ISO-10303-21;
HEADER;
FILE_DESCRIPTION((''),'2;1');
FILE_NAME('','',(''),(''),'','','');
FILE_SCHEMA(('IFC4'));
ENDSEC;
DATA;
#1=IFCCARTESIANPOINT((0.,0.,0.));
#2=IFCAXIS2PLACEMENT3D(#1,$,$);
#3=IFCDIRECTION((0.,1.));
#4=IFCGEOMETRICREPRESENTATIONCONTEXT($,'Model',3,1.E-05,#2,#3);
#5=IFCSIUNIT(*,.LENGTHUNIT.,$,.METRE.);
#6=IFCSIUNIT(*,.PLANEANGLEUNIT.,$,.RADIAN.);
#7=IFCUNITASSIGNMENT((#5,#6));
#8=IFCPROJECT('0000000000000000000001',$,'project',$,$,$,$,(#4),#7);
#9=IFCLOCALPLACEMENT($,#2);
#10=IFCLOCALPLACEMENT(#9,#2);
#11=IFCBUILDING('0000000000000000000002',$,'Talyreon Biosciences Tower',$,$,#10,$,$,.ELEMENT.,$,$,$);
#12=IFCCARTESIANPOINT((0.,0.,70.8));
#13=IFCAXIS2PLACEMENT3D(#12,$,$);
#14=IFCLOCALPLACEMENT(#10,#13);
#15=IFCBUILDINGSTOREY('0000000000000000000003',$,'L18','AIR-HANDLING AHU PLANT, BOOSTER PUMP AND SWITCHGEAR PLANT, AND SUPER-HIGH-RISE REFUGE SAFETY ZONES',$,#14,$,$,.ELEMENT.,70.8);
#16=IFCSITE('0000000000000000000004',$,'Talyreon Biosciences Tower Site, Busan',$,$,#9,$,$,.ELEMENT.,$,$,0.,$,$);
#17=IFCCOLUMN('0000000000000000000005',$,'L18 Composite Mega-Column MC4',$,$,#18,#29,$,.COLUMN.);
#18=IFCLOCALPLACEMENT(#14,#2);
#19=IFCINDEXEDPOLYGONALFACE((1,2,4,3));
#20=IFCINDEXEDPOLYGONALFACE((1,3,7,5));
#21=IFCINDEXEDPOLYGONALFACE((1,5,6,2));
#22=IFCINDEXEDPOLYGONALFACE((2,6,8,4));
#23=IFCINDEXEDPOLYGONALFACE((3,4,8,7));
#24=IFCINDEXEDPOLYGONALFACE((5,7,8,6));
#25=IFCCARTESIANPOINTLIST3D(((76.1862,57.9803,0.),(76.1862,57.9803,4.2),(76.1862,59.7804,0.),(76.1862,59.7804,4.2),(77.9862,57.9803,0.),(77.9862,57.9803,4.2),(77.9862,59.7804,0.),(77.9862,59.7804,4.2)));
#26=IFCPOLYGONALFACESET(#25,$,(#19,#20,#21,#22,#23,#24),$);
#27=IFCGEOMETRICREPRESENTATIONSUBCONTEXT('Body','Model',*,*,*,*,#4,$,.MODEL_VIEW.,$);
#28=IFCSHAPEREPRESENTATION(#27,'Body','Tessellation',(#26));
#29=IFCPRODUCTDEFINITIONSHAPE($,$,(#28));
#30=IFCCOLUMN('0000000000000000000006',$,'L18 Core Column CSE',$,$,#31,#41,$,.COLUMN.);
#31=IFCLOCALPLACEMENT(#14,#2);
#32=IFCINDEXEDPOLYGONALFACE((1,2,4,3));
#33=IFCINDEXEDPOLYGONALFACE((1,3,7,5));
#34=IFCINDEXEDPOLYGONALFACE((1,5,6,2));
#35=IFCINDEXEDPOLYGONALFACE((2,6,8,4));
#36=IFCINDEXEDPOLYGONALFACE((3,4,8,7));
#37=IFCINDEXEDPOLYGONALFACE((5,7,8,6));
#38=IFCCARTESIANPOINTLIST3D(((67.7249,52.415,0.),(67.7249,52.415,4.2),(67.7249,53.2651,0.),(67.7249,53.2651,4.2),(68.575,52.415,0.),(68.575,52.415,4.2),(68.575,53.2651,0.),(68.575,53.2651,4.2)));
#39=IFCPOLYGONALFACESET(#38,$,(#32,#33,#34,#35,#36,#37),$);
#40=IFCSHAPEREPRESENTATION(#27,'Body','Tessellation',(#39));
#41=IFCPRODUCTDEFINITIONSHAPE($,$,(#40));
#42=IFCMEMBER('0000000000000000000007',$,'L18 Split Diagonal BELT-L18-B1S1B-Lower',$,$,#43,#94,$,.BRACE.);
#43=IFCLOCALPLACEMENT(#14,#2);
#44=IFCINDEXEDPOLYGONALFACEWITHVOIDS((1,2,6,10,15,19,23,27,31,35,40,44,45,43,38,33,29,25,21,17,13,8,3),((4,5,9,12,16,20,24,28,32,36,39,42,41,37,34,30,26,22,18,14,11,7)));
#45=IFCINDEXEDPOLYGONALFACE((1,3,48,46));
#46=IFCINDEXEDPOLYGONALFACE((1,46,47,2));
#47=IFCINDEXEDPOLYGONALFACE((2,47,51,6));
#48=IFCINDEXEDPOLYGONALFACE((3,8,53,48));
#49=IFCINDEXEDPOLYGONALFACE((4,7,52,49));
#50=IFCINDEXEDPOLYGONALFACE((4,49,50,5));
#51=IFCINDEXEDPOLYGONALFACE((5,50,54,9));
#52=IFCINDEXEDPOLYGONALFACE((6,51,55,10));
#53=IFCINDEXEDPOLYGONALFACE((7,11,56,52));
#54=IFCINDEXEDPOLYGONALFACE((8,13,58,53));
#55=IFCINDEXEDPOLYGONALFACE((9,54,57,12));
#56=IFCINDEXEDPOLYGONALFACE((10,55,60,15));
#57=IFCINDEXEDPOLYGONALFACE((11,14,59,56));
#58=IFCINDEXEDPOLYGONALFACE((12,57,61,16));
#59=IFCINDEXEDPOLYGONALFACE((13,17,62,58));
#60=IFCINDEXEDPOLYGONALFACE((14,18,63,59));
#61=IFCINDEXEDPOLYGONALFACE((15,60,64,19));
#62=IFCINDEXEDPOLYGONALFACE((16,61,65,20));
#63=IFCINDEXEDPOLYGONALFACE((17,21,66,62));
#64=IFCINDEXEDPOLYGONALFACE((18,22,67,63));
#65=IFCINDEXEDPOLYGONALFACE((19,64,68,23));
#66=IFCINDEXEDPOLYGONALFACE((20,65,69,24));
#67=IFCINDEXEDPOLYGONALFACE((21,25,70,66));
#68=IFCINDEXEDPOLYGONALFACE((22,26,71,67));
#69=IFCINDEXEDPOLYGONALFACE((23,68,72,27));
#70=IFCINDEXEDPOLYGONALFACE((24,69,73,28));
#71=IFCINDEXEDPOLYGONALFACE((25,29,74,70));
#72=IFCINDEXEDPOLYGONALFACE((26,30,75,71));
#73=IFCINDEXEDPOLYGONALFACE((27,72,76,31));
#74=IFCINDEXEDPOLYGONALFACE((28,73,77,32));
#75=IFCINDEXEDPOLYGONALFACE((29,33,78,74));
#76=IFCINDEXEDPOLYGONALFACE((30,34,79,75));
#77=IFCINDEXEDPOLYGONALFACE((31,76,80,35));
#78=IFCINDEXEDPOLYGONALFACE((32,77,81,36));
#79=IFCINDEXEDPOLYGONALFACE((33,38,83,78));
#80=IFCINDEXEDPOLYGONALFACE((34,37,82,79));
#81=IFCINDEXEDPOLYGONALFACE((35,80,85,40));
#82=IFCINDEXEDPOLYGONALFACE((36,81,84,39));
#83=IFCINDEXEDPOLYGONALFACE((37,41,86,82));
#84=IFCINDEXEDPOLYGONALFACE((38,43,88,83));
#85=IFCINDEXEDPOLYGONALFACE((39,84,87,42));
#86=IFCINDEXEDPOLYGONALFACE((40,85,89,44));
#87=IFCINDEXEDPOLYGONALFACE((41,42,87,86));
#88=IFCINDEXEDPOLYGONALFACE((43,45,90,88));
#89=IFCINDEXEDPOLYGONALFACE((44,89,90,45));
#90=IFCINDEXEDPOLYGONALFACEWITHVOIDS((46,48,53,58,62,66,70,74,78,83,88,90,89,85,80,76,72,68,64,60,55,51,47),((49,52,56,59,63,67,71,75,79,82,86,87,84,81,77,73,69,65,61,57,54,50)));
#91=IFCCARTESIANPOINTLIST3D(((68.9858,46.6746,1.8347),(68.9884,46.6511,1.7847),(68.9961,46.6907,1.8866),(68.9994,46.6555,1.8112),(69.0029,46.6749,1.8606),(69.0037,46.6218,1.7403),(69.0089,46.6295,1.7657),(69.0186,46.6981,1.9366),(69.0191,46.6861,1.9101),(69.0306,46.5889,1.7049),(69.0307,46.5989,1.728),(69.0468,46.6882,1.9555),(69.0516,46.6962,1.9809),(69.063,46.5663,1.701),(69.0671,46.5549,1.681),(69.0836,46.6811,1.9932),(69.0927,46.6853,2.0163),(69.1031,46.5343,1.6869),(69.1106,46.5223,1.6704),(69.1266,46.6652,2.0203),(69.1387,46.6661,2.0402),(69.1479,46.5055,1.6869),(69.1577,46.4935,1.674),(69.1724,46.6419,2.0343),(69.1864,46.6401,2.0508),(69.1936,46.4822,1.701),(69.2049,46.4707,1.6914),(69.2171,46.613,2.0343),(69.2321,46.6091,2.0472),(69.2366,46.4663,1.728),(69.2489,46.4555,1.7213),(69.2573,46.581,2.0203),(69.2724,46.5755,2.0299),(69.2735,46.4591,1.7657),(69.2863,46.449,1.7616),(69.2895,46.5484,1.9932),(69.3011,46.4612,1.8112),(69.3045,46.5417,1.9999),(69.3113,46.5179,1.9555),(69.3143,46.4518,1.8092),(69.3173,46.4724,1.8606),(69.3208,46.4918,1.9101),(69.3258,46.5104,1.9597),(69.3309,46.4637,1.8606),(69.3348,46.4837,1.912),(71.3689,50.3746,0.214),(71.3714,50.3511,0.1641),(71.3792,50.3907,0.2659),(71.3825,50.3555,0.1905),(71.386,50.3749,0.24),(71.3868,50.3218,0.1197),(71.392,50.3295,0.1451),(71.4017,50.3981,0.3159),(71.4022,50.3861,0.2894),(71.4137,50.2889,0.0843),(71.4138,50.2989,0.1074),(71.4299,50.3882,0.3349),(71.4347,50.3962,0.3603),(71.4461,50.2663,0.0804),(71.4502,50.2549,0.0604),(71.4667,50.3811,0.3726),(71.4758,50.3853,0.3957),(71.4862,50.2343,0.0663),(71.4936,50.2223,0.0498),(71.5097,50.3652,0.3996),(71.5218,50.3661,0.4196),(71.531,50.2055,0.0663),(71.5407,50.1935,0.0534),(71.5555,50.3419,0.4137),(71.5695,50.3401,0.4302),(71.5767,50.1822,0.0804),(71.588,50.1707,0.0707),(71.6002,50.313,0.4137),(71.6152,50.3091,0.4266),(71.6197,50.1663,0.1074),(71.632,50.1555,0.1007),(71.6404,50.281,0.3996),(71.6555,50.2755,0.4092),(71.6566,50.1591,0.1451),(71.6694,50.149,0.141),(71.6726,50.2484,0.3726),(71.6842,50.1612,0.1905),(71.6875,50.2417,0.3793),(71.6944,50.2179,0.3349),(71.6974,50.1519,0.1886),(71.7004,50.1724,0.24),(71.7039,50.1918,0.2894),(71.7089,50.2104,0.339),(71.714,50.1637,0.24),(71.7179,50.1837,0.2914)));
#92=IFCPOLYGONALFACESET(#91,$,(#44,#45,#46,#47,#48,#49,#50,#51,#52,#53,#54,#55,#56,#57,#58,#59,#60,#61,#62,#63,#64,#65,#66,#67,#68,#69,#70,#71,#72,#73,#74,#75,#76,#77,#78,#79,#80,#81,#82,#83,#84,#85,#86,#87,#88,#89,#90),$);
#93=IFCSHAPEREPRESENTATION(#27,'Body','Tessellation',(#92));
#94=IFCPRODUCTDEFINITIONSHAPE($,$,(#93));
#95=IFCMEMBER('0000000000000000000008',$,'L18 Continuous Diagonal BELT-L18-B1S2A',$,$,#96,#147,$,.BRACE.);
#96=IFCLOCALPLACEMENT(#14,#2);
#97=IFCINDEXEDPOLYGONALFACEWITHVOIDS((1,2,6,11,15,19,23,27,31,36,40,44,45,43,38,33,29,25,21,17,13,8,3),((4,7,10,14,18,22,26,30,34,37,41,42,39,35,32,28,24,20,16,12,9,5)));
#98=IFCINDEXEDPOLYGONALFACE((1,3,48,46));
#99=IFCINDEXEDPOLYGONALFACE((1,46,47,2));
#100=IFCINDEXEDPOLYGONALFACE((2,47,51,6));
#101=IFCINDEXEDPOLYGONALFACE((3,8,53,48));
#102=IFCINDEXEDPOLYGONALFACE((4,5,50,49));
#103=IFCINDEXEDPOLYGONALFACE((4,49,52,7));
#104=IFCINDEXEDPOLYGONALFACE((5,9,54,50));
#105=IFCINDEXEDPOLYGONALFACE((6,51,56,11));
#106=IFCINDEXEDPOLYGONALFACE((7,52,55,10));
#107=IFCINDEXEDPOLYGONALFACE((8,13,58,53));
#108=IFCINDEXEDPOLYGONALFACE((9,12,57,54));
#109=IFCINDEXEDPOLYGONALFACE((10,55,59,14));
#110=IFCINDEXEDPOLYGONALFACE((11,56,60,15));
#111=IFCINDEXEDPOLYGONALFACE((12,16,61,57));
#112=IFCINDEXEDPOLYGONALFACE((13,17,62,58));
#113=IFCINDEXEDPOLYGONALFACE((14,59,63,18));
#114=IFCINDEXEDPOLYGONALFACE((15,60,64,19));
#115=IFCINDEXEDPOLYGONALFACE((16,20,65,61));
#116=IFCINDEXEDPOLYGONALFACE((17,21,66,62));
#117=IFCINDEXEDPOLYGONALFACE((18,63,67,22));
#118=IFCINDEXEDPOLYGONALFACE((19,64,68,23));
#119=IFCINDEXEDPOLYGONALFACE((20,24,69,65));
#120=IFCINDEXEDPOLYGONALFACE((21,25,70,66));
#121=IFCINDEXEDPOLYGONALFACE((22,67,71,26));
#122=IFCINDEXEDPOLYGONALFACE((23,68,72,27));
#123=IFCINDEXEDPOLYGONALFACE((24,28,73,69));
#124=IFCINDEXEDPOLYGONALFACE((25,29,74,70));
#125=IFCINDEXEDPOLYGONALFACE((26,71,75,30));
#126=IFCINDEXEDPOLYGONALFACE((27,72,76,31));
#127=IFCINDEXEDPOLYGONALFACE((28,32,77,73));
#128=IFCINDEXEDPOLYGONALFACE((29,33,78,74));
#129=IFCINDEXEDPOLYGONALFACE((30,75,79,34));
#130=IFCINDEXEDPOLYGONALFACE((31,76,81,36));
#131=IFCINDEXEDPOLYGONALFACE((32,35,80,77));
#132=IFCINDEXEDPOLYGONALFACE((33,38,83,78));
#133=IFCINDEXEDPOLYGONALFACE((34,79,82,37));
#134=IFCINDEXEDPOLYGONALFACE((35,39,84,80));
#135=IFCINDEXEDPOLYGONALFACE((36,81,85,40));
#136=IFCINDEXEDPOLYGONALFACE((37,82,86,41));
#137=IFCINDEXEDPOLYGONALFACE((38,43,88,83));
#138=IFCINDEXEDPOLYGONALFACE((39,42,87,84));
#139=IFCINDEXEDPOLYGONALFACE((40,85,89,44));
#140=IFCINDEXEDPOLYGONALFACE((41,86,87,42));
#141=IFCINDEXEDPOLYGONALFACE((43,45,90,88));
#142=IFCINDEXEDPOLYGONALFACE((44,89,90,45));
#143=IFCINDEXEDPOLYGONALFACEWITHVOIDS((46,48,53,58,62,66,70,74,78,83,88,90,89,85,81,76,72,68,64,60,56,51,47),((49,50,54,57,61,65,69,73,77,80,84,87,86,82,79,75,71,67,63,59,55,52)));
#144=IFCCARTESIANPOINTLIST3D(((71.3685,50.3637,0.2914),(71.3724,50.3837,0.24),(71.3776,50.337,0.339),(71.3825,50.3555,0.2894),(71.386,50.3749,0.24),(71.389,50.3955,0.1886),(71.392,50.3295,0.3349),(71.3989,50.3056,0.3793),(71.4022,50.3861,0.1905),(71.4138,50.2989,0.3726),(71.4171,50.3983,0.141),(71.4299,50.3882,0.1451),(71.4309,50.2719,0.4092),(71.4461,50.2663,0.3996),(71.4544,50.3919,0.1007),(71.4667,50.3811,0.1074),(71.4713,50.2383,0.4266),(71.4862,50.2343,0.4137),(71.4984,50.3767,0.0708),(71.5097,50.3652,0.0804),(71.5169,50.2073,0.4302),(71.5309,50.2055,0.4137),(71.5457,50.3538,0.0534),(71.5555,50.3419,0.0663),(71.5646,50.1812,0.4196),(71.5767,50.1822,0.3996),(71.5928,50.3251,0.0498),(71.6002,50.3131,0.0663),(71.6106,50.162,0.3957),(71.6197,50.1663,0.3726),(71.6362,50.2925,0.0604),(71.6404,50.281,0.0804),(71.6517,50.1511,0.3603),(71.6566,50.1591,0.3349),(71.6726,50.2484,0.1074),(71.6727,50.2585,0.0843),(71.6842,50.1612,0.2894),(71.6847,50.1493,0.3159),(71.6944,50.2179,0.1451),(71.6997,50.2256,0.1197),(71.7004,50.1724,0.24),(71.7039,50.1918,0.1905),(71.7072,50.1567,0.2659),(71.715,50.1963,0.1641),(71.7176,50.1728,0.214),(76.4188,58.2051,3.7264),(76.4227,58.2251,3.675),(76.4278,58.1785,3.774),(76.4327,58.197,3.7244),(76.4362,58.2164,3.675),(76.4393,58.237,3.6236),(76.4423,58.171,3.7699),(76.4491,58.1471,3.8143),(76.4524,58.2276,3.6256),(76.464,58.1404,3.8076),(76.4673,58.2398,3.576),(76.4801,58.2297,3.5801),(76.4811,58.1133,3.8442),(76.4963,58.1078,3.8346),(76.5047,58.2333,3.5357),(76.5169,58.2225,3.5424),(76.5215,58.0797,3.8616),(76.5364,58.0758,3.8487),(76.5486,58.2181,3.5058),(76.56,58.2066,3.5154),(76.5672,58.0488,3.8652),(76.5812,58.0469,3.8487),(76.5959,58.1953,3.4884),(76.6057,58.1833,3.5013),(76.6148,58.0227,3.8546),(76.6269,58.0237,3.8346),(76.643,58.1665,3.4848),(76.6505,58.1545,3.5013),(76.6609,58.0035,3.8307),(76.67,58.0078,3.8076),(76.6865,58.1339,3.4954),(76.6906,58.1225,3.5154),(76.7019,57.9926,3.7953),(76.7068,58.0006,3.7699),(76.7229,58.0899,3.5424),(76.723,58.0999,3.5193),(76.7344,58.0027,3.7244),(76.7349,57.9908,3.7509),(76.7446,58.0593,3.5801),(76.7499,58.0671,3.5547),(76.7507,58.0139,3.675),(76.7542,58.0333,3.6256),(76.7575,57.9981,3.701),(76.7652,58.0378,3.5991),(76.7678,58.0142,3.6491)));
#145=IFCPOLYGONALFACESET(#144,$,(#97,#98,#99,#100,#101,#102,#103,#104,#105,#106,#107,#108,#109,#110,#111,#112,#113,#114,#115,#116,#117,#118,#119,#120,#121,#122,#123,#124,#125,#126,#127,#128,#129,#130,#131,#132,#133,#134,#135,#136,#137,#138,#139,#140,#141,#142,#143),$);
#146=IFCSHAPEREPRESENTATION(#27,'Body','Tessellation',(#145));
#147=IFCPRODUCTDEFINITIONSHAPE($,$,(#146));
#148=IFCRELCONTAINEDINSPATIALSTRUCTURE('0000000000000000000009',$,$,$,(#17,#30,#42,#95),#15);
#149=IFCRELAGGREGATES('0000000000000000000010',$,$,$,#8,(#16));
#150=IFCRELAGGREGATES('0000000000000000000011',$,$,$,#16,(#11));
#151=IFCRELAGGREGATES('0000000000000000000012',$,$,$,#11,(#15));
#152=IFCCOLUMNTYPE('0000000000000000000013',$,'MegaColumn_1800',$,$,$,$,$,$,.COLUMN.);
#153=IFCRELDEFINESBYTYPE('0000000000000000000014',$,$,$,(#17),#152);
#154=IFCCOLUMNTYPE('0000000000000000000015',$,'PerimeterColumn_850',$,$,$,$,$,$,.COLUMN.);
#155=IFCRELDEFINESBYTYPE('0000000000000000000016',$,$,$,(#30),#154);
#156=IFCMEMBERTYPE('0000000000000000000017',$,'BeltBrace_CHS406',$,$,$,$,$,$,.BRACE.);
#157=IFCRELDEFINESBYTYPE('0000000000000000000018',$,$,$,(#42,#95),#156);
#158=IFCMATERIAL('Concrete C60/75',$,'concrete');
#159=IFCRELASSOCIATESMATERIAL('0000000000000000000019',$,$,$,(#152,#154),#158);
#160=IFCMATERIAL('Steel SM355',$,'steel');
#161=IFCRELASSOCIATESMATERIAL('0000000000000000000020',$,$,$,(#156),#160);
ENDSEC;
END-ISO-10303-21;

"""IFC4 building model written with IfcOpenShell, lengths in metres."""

from ifc_helpers import new_model, si_unit, direction, frame, origin, origin_2d, place, context, subcontext, project, spatial, rectangle, hollow_circle, extrude, material, material_profile, profile_set, type_object, element, save


model = new_model("IFC4")

# Units and contexts
model_context = context("Model", 3, precision=1e-05, world=origin(), true_north=direction((0.0, 1.0)))
body_context = subcontext(model_context, "Body", "Model", "MODEL_VIEW")
ifc_project = project(units=[si_unit("LENGTHUNIT", "METRE"), si_unit("PLANEANGLEUNIT", "RADIAN")], contexts=[model_context])

# Site, building, storey
site_placement = place(None, origin())
site = spatial("IfcSite", under=ifc_project, at=site_placement, Name="Talyreon Biosciences Tower Site, Busan", CompositionType="ELEMENT", RefElevation=0.0)
building_placement = place(site_placement, origin())
building = spatial("IfcBuilding", under=site, at=building_placement, Name="Talyreon Biosciences Tower", CompositionType="ELEMENT")
storey_placement = place(building_placement, frame((0.0, 0.0, 70.8)))
storey = spatial("IfcBuildingStorey", under=building, at=storey_placement, Name="L18", Description="AIR-HANDLING AHU PLANT, BOOSTER PUMP AND SWITCHGEAR PLANT, AND SUPER-HIGH-RISE REFUGE SAFETY ZONES", CompositionType="ELEMENT", Elevation=70.8)

# Columns
ifc_material_1 = material(Name="Concrete C60/75", Category="concrete")
ifc_material_profile_1 = material_profile(ifc_material_1, rectangle(XDim=1.8, YDim=1.8, at=origin_2d()), Name="RC 1800x1800")
ifc_profile_set_1 = profile_set([ifc_material_profile_1], Name="Concrete C60/75")
column_type_1 = type_object("IfcColumnType", Name="MegaColumn_1800", PredefinedType="COLUMN", material=ifc_profile_set_1)
column_1_placement = place(storey_placement, frame((77.0862, 58.8804, 0.0), z_axis=(0.0, 0.0, 1.0), x_axis=(1.0, 0.0, 0.0)))
element("IfcColumn", 1, at=column_1_placement, inside=storey, type_object=column_type_1, Name="L18 Composite Mega-Column MC4", PredefinedType="COLUMN", context=body_context, shape_type="SweptSolid", body=[
    extrude(rectangle(XDim=1.8, YDim=1.8, at=origin_2d()), origin(), (0.0, 0.0, 1.0), 4.2),
])
ifc_material_profile_2 = material_profile(ifc_material_1, rectangle(XDim=0.8501, YDim=0.8501, at=origin_2d()), Name="RC 850x850")
ifc_profile_set_2 = profile_set([ifc_material_profile_2], Name="Concrete C60/75")
column_type_2 = type_object("IfcColumnType", Name="PerimeterColumn_850", PredefinedType="COLUMN", material=ifc_profile_set_2)
column_2_placement = place(storey_placement, frame((68.1499, 52.8401, 0.0), z_axis=(0.0, 0.0, 1.0), x_axis=(1.0, 0.0, 0.0)))
element("IfcColumn", 2, at=column_2_placement, inside=storey, type_object=column_type_2, Name="L18 Core Column CSE", PredefinedType="COLUMN", context=body_context, shape_type="SweptSolid", body=[
    extrude(rectangle(XDim=0.8501, YDim=0.8501, at=origin_2d()), origin(), (0.0, 0.0, 1.0), 4.2),
])

# Members
ifc_material_2 = material(Name="Steel SM355", Category="steel")
ifc_material_profile_3 = material_profile(ifc_material_2, hollow_circle(Radius=0.2031, WallThickness=0.0161, at=origin_2d()), Name="CHS 406.4x16")
ifc_profile_set_3 = profile_set([ifc_material_profile_3], Name="Steel SM355")
member_type_1 = type_object("IfcMemberType", Name="BeltBrace_CHS406", PredefinedType="BRACE", material=ifc_profile_set_3)
member_1_placement = place(storey_placement, frame((71.5432, 50.2737, 0.24), z_axis=(-0.508128, -0.788923, 0.345554), x_axis=(0.840711, -0.541484, 0.0)))
element("IfcMember", 3, at=member_1_placement, inside=storey, type_object=member_type_1, Name="L18 Split Diagonal BELT-L18-B1S1B-Lower", PredefinedType="BRACE", context=body_context, shape_type="SweptSolid", body=[
    extrude(hollow_circle(Radius=0.2031, WallThickness=0.0161, at=origin_2d()), origin(), (0.0, 0.0, 1.0), 4.6899),
])
member_2_placement = place(storey_placement, frame((71.5432, 50.2737, 0.24), z_axis=(0.5081, 0.788923, 0.345594), x_axis=(-0.840725, 0.541463, 0.0)))
element("IfcMember", 4, at=member_2_placement, inside=storey, type_object=member_type_1, Name="L18 Continuous Diagonal BELT-L18-B1S2A", PredefinedType="BRACE", context=body_context, shape_type="SweptSolid", body=[
    extrude(hollow_circle(Radius=0.2031, WallThickness=0.0161, at=origin_2d()), origin(), (0.0, 0.0, 1.0), 9.9395),
])

save(model, "model.ifc")
